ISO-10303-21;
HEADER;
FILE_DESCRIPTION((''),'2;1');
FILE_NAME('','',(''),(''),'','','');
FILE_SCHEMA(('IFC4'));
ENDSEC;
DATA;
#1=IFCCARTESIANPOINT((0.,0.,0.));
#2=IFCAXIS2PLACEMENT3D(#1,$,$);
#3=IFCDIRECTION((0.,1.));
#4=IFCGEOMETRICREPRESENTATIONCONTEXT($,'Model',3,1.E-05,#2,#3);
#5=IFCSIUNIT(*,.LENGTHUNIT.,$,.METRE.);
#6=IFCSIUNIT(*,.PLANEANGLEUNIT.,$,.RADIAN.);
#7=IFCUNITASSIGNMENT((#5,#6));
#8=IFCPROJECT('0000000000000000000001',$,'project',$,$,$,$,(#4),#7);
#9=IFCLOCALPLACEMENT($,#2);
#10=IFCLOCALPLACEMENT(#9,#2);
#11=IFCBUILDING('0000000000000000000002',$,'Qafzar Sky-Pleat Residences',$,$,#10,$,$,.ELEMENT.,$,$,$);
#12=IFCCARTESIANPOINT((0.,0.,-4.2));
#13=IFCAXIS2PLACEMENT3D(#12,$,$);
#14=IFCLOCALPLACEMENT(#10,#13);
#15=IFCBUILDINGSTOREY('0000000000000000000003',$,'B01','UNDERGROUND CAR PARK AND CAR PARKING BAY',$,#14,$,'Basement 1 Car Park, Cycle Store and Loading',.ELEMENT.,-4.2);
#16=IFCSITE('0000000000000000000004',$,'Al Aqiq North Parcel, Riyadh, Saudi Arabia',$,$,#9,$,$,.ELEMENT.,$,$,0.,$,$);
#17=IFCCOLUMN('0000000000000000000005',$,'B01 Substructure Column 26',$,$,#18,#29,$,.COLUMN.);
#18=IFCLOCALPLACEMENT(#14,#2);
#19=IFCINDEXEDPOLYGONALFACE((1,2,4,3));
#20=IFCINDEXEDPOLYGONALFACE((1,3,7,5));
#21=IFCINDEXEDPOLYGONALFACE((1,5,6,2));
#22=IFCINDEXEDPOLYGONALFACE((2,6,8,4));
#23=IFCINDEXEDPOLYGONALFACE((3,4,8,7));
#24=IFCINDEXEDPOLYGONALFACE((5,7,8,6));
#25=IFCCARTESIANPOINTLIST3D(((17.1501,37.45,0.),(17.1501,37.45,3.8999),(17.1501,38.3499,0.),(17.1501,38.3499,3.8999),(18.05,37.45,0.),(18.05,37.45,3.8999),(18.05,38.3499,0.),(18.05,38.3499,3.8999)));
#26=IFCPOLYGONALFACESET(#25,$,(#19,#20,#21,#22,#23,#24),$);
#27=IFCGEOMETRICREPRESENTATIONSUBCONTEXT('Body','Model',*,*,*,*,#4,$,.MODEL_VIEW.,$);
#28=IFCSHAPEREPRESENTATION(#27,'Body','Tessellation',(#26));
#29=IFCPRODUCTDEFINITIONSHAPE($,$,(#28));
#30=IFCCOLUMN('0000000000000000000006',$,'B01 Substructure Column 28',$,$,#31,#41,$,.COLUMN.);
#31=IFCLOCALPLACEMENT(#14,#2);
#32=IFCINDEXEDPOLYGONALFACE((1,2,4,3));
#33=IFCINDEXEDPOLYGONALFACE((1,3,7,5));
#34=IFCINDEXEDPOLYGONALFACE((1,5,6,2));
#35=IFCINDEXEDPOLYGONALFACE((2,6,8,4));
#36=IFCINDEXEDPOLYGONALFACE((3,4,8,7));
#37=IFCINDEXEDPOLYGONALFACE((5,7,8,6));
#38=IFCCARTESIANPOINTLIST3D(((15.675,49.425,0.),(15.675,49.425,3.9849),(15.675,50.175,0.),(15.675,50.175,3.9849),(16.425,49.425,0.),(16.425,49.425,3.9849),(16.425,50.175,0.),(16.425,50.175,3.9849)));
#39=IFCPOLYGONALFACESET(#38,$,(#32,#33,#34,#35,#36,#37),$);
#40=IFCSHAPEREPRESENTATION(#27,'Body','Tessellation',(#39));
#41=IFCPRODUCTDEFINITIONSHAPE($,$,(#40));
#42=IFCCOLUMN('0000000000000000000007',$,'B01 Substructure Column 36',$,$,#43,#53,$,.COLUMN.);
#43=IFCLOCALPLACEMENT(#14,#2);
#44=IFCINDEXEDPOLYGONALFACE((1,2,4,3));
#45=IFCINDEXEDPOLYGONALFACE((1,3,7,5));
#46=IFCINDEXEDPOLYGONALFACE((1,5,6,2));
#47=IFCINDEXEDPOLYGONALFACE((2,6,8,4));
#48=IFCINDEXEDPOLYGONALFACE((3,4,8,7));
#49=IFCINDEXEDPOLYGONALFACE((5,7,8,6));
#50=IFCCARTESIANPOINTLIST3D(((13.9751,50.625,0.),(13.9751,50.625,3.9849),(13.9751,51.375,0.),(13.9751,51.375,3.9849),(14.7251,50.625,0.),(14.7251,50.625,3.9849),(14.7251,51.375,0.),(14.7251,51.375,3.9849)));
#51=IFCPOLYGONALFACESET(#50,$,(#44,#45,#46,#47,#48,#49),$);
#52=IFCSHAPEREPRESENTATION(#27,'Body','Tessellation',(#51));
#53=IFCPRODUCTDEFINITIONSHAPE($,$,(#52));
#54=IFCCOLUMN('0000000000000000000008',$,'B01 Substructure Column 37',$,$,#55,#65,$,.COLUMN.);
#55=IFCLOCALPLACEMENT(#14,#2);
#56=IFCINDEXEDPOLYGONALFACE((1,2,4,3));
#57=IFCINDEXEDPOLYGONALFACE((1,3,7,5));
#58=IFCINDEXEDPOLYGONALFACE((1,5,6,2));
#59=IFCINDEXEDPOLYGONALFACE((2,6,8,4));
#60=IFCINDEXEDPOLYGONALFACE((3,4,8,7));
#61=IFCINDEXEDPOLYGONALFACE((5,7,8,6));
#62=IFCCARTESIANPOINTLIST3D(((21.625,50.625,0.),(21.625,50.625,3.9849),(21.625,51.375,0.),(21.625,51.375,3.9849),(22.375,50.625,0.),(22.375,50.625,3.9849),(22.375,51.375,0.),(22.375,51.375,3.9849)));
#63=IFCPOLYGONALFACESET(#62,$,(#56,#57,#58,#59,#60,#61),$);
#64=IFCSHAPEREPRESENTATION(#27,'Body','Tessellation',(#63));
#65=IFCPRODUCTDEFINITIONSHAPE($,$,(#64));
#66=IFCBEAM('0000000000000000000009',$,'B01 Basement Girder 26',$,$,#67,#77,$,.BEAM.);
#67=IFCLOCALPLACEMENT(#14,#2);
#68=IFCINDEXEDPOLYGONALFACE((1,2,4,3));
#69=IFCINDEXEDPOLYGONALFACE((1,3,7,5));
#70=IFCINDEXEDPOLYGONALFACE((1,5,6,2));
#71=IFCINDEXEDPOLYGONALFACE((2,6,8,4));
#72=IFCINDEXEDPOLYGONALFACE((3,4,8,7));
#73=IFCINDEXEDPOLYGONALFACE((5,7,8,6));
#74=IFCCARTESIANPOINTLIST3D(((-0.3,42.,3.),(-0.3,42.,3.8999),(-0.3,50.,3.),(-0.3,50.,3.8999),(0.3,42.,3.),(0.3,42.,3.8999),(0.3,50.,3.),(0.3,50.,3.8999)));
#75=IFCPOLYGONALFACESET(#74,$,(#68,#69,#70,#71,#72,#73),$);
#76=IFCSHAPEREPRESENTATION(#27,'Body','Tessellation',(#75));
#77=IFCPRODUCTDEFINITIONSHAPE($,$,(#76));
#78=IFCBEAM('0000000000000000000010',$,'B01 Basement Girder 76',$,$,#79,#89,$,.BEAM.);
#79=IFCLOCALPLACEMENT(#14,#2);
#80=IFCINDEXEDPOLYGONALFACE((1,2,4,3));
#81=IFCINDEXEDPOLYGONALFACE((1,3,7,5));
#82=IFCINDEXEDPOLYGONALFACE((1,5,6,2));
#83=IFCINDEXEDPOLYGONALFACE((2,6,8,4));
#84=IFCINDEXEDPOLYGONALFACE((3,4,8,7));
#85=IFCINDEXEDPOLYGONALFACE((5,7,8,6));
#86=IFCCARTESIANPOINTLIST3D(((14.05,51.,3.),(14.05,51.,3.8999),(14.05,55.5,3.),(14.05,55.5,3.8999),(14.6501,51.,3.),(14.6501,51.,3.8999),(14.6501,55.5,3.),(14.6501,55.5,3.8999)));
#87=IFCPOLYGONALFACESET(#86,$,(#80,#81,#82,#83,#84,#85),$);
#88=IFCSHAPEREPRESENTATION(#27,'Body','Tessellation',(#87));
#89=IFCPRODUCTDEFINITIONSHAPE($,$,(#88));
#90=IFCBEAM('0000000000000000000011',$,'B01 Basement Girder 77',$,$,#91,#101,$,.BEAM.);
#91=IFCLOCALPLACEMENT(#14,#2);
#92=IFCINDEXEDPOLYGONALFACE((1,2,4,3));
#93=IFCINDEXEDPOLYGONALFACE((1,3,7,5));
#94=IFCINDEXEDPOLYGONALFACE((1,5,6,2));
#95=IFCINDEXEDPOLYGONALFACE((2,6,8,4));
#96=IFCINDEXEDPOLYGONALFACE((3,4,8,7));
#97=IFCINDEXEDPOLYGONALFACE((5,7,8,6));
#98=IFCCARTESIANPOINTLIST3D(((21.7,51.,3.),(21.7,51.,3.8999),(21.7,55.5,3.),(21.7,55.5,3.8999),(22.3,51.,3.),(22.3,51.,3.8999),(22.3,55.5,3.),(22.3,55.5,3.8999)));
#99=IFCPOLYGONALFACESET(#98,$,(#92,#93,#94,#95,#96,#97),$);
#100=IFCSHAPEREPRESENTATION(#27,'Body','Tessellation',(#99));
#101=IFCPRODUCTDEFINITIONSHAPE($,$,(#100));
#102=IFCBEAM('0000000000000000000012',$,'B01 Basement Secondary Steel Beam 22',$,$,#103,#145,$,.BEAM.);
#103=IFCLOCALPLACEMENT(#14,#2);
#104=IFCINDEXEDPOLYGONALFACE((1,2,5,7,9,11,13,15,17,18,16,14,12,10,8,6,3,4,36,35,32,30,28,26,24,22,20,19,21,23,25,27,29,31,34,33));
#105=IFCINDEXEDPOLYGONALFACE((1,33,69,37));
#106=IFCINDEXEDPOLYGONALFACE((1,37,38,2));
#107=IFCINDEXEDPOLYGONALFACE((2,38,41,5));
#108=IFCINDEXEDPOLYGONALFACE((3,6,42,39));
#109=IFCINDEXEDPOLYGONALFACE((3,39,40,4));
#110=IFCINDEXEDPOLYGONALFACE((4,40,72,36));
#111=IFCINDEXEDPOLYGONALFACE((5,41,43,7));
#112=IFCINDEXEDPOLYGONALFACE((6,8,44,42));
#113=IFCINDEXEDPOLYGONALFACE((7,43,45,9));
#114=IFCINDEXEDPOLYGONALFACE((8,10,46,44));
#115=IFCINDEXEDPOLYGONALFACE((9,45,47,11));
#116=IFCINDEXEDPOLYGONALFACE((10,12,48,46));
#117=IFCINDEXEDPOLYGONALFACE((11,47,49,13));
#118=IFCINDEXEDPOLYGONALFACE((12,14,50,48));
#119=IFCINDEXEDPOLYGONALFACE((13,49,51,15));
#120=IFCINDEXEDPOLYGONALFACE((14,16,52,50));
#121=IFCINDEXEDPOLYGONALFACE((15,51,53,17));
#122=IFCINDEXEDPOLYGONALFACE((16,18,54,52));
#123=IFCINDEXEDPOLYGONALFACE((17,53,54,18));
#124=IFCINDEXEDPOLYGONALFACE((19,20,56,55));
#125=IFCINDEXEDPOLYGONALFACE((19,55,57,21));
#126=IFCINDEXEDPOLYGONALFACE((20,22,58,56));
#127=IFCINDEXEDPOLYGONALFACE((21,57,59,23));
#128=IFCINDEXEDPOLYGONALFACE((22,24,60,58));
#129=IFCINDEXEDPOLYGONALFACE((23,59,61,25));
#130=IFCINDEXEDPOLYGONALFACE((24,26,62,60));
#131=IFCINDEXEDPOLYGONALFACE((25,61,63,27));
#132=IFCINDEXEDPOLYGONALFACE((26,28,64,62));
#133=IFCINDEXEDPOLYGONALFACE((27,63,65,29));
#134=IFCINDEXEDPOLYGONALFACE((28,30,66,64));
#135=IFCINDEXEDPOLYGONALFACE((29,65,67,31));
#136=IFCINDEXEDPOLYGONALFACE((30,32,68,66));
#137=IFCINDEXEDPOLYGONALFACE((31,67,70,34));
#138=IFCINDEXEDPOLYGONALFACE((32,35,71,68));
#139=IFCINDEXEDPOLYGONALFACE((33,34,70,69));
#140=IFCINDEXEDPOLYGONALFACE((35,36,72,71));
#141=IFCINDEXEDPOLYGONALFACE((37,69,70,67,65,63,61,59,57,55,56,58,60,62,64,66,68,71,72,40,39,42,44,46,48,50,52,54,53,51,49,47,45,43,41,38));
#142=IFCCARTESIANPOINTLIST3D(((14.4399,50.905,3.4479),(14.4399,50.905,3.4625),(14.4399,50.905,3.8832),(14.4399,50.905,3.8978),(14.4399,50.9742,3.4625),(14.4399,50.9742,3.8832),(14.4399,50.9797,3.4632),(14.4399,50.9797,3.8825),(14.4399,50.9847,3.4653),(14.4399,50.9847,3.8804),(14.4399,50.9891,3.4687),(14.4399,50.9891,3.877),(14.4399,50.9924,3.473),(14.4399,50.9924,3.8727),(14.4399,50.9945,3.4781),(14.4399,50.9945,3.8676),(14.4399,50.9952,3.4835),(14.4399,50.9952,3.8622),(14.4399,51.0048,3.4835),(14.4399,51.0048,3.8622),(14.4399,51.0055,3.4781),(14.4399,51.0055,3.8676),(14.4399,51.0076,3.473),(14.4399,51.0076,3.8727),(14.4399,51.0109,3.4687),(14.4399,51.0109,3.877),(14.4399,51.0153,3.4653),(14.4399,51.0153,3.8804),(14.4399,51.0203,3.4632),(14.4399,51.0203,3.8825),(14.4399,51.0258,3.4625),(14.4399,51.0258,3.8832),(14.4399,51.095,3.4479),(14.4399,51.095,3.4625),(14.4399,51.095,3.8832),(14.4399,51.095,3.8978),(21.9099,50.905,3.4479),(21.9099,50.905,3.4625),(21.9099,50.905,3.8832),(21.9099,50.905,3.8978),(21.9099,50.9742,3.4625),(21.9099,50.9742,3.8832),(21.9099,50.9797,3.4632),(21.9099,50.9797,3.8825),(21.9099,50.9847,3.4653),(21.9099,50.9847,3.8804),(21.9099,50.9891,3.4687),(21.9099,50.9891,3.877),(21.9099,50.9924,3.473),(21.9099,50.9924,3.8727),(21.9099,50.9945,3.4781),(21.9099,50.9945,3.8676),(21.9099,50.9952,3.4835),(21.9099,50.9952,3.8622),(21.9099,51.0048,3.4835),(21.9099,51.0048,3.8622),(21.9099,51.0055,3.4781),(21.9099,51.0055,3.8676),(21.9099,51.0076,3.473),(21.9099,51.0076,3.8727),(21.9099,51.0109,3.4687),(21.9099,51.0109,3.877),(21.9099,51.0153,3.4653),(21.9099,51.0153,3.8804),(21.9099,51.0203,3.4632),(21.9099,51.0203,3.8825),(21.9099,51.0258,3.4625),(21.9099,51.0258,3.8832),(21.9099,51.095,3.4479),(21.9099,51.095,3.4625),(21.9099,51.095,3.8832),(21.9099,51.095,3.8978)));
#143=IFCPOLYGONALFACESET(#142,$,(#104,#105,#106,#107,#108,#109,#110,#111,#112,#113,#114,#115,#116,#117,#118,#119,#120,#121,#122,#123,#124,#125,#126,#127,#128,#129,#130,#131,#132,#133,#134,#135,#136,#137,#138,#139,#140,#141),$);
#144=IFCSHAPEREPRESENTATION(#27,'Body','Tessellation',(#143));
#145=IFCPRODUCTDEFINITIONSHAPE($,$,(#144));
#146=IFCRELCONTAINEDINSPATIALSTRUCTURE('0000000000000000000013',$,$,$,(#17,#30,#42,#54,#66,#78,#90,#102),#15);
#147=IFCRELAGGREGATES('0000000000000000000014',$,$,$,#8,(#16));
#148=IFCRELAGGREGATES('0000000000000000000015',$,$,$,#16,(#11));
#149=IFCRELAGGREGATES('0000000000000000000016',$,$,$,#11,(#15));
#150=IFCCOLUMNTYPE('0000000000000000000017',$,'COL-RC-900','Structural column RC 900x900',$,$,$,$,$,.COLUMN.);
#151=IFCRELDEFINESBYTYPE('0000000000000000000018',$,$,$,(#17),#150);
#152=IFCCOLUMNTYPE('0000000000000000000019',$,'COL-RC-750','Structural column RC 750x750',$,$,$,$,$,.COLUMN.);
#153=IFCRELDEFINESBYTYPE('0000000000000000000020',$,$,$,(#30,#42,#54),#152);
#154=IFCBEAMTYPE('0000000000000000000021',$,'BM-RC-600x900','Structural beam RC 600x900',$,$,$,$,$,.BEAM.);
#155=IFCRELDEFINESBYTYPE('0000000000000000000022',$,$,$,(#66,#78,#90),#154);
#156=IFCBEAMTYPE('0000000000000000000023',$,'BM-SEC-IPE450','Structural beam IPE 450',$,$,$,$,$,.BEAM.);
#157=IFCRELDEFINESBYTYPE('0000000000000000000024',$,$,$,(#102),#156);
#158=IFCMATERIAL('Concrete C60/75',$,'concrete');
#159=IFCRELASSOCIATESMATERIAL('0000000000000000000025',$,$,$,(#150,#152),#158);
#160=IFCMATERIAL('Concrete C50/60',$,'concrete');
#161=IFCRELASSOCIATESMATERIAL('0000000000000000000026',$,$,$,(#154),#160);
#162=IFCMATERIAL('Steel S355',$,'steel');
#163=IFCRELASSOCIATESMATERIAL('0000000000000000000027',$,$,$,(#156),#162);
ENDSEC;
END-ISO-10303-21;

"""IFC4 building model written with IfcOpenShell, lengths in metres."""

from ifc_helpers import new_model, si_unit, direction, frame, origin, origin_2d, place, context, subcontext, project, spatial, rectangle, i_section, extrude, source, transform, mapped, material, material_profile, profile_set, type_object, element, save


model = new_model("IFC4")

# Units and contexts
model_context = context("Model", 3, precision=1e-05, world=origin(), true_north=direction((0.0, 1.0)))
body_context = subcontext(model_context, "Body", "Model", "MODEL_VIEW")
ifc_project = project(units=[si_unit("LENGTHUNIT", "METRE"), si_unit("PLANEANGLEUNIT", "RADIAN")], contexts=[model_context])

# Site, building, storey
site_placement = place(None, origin())
site = spatial("IfcSite", under=ifc_project, at=site_placement, Name="Al Aqiq North Parcel, Riyadh, Saudi Arabia", CompositionType="ELEMENT", RefElevation=0.0)
building_placement = place(site_placement, origin())
building = spatial("IfcBuilding", under=site, at=building_placement, Name="Qafzar Sky-Pleat Residences", CompositionType="ELEMENT")
storey_placement = place(building_placement, frame((0.0, 0.0, -4.2)))
storey = spatial("IfcBuildingStorey", under=building, at=storey_placement, Name="B01", Description="UNDERGROUND CAR PARK AND CAR PARKING BAY", LongName="Basement 1 Car Park, Cycle Store and Loading", CompositionType="ELEMENT", Elevation=-4.2)

# Columns
ifc_material_1 = material(Name="Concrete C60/75", Category="concrete")
ifc_material_profile_1 = material_profile(ifc_material_1, rectangle(XDim=0.8999, YDim=0.8999, at=origin_2d()), Name="RC 900x900")
ifc_profile_set_1 = profile_set([ifc_material_profile_1], Name="Concrete C60/75")
column_type_1 = type_object("IfcColumnType", Name="COL-RC-900", Description="Structural column RC 900x900", PredefinedType="COLUMN", material=ifc_profile_set_1)
shared_shape_1 = source(origin(), body_context, "Body", "SweptSolid", [
    extrude(rectangle(XDim=0.8999, YDim=0.8999, at=origin_2d()), origin(), (0.0, 0.0, 1.0), 3.8999),
])
column_1_placement = place(storey_placement, frame((17.6001, 37.8999, 0.0), z_axis=(0.0, 0.0, 1.0), x_axis=(1.0, 0.0, 0.0)))
element("IfcColumn", 1, at=column_1_placement, inside=storey, type_object=column_type_1, Name="B01 Substructure Column 26", PredefinedType="COLUMN", context=body_context, shape_type="MappedRepresentation", body=[
    mapped(shared_shape_1, transform((0.0, 0.0, 0.0), x_axis=(1.0, 0.0, 0.0), y_axis=(0.0, 1.0, 0.0), z_axis=(0.0, 0.0, 1.0), scale=1.0)),
])
ifc_material_profile_2 = material_profile(ifc_material_1, rectangle(XDim=0.75, YDim=0.75, at=origin_2d()), Name="RC 750x750")
ifc_profile_set_2 = profile_set([ifc_material_profile_2], Name="Concrete C60/75")
column_type_2 = type_object("IfcColumnType", Name="COL-RC-750", Description="Structural column RC 750x750", PredefinedType="COLUMN", material=ifc_profile_set_2)
shared_shape_2 = source(origin(), body_context, "Body", "SweptSolid", [
    extrude(rectangle(XDim=0.75, YDim=0.75, at=origin_2d()), origin(), (0.0, 0.0, 1.0), 3.9849),
])
for number, where, z_axis, x_axis, name in (
    (2, (16.05, 49.8, 0.0), (0.0, 0.0, 1.0), (1.0, 0.0, 0.0), "B01 Substructure Column 28"),
    (3, (14.3501, 51.0, 0.0), (0.0, 0.0, 1.0), (1.0, 0.0, 0.0), "B01 Substructure Column 36"),
    (4, (22.0, 51.0, 0.0), (0.0, 0.0, 1.0), (1.0, 0.0, 0.0), "B01 Substructure Column 37"),
):
    element("IfcColumn", number, at=place(storey_placement, frame(where, z_axis=z_axis, x_axis=x_axis)), inside=storey, type_object=column_type_2, Name=name, PredefinedType="COLUMN", context=body_context, shape_type="MappedRepresentation", body=[
        mapped(shared_shape_2, transform((0.0, 0.0, 0.0), x_axis=(1.0, 0.0, 0.0), y_axis=(0.0, 1.0, 0.0), z_axis=(0.0, 0.0, 1.0), scale=1.0)),
    ])

# Beams
ifc_material_2 = material(Name="Concrete C50/60", Category="concrete")
ifc_material_profile_3 = material_profile(ifc_material_2, rectangle(XDim=0.6001, YDim=0.8999, at=origin_2d()), Name="RC 600x900")
ifc_profile_set_3 = profile_set([ifc_material_profile_3], Name="Concrete C50/60")
beam_type_1 = type_object("IfcBeamType", Name="BM-RC-600x900", Description="Structural beam RC 600x900", PredefinedType="BEAM", material=ifc_profile_set_3)
shared_shape_3 = source(origin(), body_context, "Body", "SweptSolid", [
    extrude(rectangle(XDim=0.6001, YDim=0.8999, at=origin_2d()), origin(), (0.0, 0.0, 1.0), 8.0),
])
beam_1_placement = place(storey_placement, frame((0.0, 42.0, 3.45), z_axis=(0.0, 1.0, 0.0), x_axis=(-1.0, 0.0, 0.0)))
element("IfcBeam", 5, at=beam_1_placement, inside=storey, type_object=beam_type_1, Name="B01 Basement Girder 26", PredefinedType="BEAM", context=body_context, shape_type="MappedRepresentation", body=[
    mapped(shared_shape_3, transform((0.0, 0.0, 0.0), x_axis=(1.0, 0.0, 0.0), y_axis=(0.0, 1.0, 0.0), z_axis=(0.0, 0.0, 1.0), scale=1.0)),
])
shared_shape_4 = source(origin(), body_context, "Body", "SweptSolid", [
    extrude(rectangle(XDim=0.6001, YDim=0.8999, at=origin_2d()), origin(), (0.0, 0.0, 1.0), 4.5),
])
for number, where, z_axis, x_axis, name in (
    (6, (14.3501, 51.0, 3.45), (0.0, 1.0, 0.0), (-1.0, 0.0, 0.0), "B01 Basement Girder 76"),
    (7, (22.0, 51.0, 3.45), (0.0, 1.0, 0.0), (-1.0, 0.0, 0.0), "B01 Basement Girder 77"),
):
    element("IfcBeam", number, at=place(storey_placement, frame(where, z_axis=z_axis, x_axis=x_axis)), inside=storey, type_object=beam_type_1, Name=name, PredefinedType="BEAM", context=body_context, shape_type="MappedRepresentation", body=[
        mapped(shared_shape_4, transform((0.0, 0.0, 0.0), x_axis=(1.0, 0.0, 0.0), y_axis=(0.0, 1.0, 0.0), z_axis=(0.0, 0.0, 1.0), scale=1.0)),
    ])
ifc_material_3 = material(Name="Steel S355", Category="steel")
ifc_material_profile_4 = material_profile(ifc_material_3, i_section(OverallWidth=0.1899, OverallDepth=0.45, WebThickness=0.0095, FlangeThickness=0.0146, FilletRadius=0.021, at=origin_2d()), Name="IPE 450")
ifc_profile_set_4 = profile_set([ifc_material_profile_4], Name="Steel S355")
beam_type_2 = type_object("IfcBeamType", Name="BM-SEC-IPE450", Description="Structural beam IPE 450", PredefinedType="BEAM", material=ifc_profile_set_4)
shared_shape_5 = source(origin(), body_context, "Body", "SweptSolid", [
    extrude(i_section(OverallWidth=0.1899, OverallDepth=0.45, WebThickness=0.0095, FlangeThickness=0.0146, FilletRadius=0.021, at=origin_2d()), origin(), (0.0, 0.0, 1.0), 7.47),
])
beam_2_placement = place(storey_placement, frame((14.4399, 51.0, 3.6729), z_axis=(1.0, 0.0, 0.0), x_axis=(0.0, 1.0, 0.0)))
element("IfcBeam", 8, at=beam_2_placement, inside=storey, type_object=beam_type_2, Name="B01 Basement Secondary Steel Beam 22", PredefinedType="BEAM", context=body_context, shape_type="MappedRepresentation", body=[
    mapped(shared_shape_5, transform((0.0, 0.0, 0.0), x_axis=(1.0, 0.0, 0.0), y_axis=(0.0, 1.0, 0.0), z_axis=(0.0, 0.0, 1.0), scale=1.0)),
])

save(model, "model.ifc")
